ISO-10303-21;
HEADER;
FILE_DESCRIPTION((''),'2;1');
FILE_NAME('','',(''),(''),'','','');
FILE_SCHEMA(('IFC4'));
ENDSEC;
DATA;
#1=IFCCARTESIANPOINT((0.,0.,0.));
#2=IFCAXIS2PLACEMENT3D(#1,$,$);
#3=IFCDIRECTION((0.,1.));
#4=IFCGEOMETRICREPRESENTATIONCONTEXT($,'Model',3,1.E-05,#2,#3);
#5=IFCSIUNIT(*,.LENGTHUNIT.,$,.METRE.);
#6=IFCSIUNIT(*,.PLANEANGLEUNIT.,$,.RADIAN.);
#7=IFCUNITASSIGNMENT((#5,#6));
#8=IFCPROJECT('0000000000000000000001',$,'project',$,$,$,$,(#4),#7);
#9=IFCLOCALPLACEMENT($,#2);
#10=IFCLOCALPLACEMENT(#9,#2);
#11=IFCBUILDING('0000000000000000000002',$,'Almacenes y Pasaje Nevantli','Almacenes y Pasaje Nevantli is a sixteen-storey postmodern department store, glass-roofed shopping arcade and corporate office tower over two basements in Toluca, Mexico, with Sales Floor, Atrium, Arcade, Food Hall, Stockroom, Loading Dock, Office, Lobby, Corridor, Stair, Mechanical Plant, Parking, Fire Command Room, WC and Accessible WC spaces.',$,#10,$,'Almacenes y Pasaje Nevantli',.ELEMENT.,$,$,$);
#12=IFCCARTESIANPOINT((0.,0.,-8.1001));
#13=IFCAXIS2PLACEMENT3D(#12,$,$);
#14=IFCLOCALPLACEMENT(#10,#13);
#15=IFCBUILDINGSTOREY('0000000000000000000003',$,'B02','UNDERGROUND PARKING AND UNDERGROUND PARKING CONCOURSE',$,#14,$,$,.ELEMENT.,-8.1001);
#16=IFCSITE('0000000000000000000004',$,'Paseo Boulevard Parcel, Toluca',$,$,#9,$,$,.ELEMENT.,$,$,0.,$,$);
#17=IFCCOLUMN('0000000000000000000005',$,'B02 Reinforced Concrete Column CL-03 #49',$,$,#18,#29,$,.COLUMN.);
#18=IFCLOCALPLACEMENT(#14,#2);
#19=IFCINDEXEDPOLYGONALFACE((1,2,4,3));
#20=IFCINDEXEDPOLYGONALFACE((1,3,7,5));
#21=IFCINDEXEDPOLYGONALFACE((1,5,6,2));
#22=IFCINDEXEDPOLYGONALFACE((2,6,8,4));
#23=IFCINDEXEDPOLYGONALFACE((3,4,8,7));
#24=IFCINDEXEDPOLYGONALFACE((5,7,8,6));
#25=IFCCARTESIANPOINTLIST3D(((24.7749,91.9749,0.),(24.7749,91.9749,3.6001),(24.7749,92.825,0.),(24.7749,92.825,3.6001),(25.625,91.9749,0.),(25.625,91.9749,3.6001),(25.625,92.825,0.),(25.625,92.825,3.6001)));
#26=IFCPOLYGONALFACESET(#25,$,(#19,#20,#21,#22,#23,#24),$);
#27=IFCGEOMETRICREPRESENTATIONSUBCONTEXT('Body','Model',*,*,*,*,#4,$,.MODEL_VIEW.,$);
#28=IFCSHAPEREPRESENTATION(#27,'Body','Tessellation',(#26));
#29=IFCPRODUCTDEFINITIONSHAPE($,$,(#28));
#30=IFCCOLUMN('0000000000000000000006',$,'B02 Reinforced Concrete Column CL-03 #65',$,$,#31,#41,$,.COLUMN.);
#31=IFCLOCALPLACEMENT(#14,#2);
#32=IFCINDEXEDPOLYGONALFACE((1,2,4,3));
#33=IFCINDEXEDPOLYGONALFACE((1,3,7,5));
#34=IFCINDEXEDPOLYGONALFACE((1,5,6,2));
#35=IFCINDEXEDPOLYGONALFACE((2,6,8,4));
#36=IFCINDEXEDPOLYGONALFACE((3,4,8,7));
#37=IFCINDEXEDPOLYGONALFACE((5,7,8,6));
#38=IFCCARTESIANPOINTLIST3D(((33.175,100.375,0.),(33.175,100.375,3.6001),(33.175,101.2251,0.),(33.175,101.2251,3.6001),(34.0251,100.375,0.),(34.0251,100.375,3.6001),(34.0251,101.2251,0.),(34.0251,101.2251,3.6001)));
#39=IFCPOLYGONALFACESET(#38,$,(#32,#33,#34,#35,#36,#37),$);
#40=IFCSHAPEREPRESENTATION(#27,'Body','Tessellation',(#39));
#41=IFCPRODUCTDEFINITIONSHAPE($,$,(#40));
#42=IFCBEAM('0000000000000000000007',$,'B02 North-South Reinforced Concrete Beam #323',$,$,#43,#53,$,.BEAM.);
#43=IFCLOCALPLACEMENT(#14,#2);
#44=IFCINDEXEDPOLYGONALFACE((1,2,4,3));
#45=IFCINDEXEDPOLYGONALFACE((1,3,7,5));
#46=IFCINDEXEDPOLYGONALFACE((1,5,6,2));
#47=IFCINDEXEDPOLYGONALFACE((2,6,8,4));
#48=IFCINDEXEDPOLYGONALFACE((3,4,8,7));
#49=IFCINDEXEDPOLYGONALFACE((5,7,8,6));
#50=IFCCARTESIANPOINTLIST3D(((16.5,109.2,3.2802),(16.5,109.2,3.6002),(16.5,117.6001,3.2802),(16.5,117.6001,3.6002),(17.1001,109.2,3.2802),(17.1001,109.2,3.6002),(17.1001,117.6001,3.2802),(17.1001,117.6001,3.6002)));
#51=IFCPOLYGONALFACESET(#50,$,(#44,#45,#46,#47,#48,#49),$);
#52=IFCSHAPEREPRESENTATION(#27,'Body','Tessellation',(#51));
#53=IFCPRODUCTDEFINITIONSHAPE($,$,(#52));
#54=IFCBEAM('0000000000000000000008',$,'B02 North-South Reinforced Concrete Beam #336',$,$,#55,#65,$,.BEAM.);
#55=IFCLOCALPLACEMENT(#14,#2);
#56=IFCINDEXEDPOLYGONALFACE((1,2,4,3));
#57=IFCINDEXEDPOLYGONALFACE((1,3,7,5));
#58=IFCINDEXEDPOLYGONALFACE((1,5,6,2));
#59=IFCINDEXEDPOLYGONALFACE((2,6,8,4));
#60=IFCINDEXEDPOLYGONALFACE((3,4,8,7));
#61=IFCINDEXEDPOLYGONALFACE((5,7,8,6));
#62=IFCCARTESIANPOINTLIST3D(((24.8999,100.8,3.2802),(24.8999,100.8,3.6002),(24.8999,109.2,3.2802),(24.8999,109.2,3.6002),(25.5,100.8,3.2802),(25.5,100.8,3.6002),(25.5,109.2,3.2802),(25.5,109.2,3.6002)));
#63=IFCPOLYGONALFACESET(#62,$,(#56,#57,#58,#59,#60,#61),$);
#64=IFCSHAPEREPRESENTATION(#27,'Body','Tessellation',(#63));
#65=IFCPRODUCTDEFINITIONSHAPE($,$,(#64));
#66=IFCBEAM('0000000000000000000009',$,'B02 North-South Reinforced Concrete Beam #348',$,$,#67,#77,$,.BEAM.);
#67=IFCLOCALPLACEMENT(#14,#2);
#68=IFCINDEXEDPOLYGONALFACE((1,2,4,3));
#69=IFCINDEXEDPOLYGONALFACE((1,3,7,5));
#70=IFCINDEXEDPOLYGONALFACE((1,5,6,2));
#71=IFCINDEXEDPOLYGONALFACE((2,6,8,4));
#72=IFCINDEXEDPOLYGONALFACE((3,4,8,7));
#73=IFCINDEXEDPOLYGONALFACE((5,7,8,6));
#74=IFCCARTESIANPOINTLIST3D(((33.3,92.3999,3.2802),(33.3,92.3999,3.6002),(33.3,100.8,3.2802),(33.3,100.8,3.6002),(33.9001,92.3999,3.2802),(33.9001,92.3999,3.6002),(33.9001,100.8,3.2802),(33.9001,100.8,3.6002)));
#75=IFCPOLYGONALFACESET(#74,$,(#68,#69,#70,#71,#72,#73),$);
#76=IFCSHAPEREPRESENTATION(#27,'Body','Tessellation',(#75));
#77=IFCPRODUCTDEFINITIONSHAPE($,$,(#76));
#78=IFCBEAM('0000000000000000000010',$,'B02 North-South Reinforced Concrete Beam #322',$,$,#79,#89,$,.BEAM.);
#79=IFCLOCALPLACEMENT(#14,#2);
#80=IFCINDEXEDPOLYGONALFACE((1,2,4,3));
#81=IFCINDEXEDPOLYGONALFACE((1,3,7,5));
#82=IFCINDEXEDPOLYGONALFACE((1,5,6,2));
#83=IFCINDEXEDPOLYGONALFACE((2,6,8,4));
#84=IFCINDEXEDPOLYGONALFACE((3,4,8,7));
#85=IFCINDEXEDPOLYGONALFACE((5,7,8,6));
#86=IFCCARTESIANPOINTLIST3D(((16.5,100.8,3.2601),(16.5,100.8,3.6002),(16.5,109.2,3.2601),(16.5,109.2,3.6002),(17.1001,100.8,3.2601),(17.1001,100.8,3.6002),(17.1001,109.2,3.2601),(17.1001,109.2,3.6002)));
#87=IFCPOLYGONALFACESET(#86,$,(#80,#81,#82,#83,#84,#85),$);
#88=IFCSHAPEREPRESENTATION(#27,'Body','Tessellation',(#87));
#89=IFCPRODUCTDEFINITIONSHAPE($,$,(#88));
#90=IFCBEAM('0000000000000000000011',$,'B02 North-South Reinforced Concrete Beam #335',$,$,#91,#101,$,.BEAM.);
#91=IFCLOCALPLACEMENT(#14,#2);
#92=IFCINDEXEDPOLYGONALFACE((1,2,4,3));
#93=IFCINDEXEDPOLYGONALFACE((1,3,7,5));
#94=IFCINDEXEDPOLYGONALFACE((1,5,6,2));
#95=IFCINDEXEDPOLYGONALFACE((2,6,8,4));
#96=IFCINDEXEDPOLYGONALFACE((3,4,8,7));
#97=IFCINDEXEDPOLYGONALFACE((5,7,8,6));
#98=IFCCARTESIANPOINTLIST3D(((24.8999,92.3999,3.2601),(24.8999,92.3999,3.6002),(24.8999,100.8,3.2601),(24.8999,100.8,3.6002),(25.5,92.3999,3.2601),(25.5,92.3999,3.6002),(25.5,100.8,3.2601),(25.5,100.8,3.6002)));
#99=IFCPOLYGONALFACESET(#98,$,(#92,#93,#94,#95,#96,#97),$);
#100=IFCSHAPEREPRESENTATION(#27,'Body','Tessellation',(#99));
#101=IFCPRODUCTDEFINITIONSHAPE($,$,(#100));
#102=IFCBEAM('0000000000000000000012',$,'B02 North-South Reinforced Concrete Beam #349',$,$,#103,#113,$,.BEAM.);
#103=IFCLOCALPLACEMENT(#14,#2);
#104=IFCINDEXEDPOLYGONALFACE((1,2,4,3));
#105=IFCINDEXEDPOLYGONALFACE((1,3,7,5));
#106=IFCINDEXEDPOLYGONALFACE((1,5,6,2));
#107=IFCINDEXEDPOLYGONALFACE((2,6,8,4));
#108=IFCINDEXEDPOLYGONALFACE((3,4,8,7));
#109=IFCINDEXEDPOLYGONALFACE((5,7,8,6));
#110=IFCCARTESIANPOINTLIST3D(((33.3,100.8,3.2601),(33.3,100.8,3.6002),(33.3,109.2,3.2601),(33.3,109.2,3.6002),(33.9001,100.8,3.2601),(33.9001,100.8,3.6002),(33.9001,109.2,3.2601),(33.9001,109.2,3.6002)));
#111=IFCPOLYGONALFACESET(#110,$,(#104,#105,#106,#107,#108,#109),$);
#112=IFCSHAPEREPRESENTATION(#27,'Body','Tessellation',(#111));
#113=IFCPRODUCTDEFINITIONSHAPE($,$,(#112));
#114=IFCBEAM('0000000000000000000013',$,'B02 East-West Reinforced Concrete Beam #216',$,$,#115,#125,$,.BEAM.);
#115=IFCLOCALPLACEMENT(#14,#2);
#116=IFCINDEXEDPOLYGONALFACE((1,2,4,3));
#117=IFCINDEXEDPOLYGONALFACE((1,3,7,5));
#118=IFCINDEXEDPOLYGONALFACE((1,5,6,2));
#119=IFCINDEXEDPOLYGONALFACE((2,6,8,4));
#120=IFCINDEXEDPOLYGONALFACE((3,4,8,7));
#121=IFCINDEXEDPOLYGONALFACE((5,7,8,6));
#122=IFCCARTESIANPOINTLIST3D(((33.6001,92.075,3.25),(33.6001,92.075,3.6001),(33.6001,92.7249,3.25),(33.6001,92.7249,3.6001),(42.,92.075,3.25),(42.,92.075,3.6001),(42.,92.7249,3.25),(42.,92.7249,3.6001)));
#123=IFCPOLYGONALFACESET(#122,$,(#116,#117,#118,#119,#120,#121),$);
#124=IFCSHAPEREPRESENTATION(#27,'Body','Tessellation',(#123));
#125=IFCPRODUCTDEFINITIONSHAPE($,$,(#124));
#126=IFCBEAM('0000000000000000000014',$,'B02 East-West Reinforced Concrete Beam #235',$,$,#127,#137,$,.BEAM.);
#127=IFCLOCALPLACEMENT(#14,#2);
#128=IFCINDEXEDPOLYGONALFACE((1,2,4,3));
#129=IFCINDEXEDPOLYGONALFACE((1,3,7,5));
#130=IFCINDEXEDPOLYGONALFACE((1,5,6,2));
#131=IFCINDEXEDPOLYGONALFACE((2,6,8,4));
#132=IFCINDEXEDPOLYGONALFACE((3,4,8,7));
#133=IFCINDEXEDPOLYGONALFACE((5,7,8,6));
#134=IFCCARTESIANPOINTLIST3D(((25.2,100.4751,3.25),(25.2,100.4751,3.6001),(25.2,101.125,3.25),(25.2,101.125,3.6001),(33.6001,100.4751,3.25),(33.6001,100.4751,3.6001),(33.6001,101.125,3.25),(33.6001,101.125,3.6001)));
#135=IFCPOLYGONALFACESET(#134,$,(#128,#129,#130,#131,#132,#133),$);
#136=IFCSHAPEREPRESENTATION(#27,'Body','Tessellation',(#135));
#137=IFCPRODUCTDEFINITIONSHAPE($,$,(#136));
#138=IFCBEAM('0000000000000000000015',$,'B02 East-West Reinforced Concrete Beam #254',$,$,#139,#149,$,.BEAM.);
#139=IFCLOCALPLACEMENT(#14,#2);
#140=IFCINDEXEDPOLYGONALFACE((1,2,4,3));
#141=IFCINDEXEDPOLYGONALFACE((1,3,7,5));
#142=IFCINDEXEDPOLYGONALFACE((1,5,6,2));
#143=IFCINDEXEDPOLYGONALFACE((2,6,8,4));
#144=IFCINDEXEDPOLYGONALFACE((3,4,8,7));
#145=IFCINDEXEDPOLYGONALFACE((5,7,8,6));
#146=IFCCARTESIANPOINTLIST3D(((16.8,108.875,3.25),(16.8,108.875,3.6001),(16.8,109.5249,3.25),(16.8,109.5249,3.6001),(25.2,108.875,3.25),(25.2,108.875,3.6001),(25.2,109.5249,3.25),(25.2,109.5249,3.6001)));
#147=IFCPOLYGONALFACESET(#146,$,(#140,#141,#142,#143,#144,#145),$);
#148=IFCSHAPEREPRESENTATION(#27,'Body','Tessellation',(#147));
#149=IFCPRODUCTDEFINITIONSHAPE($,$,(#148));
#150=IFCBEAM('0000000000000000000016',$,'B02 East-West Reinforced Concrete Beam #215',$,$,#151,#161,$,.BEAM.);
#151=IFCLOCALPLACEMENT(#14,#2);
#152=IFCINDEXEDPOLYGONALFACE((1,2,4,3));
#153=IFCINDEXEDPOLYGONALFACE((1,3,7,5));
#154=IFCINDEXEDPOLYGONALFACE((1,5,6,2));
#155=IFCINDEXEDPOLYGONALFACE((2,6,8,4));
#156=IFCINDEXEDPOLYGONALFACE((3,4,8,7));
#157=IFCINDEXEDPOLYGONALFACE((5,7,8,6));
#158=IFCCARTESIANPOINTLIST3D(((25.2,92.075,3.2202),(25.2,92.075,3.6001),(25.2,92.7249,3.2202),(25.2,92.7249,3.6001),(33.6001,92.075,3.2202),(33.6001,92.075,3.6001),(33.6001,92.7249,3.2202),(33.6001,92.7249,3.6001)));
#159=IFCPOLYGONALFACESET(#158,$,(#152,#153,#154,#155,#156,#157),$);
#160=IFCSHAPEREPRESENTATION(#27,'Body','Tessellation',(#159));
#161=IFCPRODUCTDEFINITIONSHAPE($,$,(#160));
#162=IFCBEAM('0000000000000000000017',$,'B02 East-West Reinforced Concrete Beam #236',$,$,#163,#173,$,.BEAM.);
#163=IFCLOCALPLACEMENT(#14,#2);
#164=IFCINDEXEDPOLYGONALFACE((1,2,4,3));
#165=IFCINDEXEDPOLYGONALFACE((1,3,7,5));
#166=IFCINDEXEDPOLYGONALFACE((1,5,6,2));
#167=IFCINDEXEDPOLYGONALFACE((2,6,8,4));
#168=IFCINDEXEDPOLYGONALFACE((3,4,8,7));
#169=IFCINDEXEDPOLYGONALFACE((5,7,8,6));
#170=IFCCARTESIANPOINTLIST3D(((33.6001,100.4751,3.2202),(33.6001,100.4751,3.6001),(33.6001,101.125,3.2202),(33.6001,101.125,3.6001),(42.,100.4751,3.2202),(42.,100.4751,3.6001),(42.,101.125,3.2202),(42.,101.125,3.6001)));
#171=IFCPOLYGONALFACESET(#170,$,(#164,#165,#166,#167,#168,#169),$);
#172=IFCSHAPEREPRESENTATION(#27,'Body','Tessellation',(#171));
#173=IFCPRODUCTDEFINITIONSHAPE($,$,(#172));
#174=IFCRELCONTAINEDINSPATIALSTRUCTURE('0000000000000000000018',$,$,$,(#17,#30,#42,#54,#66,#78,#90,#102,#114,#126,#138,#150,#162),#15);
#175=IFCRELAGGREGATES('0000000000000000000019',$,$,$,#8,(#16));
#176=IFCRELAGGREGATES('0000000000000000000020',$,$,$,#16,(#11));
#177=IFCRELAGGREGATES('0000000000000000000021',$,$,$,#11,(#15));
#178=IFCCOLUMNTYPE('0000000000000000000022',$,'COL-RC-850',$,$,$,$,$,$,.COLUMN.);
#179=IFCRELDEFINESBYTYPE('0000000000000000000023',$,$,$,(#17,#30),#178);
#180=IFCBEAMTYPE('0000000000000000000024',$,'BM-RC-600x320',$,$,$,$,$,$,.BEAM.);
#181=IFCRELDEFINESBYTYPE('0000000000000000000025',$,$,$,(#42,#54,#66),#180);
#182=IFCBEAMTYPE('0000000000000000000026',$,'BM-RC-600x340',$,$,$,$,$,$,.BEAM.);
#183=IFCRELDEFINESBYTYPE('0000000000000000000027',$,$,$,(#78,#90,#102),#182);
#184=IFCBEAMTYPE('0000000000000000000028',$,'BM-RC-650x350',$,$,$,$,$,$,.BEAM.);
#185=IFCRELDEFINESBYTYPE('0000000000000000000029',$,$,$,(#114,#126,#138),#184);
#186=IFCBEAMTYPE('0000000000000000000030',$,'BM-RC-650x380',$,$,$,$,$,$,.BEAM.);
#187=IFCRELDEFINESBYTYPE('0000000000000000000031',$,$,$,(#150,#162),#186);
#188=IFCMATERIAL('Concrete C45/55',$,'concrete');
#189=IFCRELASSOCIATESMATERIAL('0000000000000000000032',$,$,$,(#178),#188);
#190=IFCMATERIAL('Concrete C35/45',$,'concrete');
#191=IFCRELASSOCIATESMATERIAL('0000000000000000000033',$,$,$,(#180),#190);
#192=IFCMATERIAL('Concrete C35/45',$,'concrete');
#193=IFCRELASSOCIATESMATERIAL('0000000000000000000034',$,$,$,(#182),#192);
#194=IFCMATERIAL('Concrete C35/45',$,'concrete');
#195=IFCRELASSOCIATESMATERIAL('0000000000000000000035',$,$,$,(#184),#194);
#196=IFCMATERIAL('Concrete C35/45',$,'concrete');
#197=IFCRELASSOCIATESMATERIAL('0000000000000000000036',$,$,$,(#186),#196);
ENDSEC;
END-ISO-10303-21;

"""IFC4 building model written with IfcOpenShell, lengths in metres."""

from ifc_helpers import new_model, si_unit, direction, frame, origin, origin_2d, place, context, subcontext, project, spatial, rectangle, extrude, material, material_profile, profile_set, type_object, element, save


model = new_model("IFC4")

# Units and contexts
model_context = context("Model", 3, precision=1e-05, world=origin(), true_north=direction((0.0, 1.0)))
body_context = subcontext(model_context, "Body", "Model", "MODEL_VIEW")
ifc_project = project(units=[si_unit("LENGTHUNIT", "METRE"), si_unit("PLANEANGLEUNIT", "RADIAN")], contexts=[model_context])

# Site, building, storey
site_placement = place(None, origin())
site = spatial("IfcSite", under=ifc_project, at=site_placement, Name="Paseo Boulevard Parcel, Toluca", CompositionType="ELEMENT", RefElevation=0.0)
building_placement = place(site_placement, origin())
building = spatial("IfcBuilding", under=site, at=building_placement, Name="Almacenes y Pasaje Nevantli", Description="Almacenes y Pasaje Nevantli is a sixteen-storey postmodern department store, glass-roofed shopping arcade and corporate office tower over two basements in Toluca, Mexico, with Sales Floor, Atrium, Arcade, Food Hall, Stockroom, Loading Dock, Office, Lobby, Corridor, Stair, Mechanical Plant, Parking, Fire Command Room, WC and Accessible WC spaces.", LongName="Almacenes y Pasaje Nevantli", CompositionType="ELEMENT")
storey_placement = place(building_placement, frame((0.0, 0.0, -8.1001)))
storey = spatial("IfcBuildingStorey", under=building, at=storey_placement, Name="B02", Description="UNDERGROUND PARKING AND UNDERGROUND PARKING CONCOURSE", CompositionType="ELEMENT", Elevation=-8.1001)

# Columns
ifc_material_1 = material(Name="Concrete C45/55", Category="concrete")
ifc_material_profile_1 = material_profile(ifc_material_1, rectangle(XDim=0.8501, YDim=0.8501, at=origin_2d()), Name="RC-COL-850x850")
ifc_profile_set_1 = profile_set([ifc_material_profile_1], Name="Concrete C45/55")
column_type_1 = type_object("IfcColumnType", Name="COL-RC-850", PredefinedType="COLUMN", material=ifc_profile_set_1)
for number, where, z_axis, x_axis, name in (
    (1, (25.2, 92.3999, 0.0), (0.0, 0.0, 1.0), (1.0, 0.0, 0.0), "B02 Reinforced Concrete Column CL-03 #49"),
    (2, (33.6001, 100.8, 0.0), (0.0, 0.0, 1.0), (1.0, 0.0, 0.0), "B02 Reinforced Concrete Column CL-03 #65"),
):
    element("IfcColumn", number, at=place(storey_placement, frame(where, z_axis=z_axis, x_axis=x_axis)), inside=storey, type_object=column_type_1, Name=name, PredefinedType="COLUMN", context=body_context, shape_type="SweptSolid", body=[
        extrude(rectangle(XDim=0.8501, YDim=0.8501, at=origin_2d()), origin(), (0.0, 0.0, 1.0), 3.6001),
    ])

# Beams
ifc_material_2 = material(Name="Concrete C35/45", Category="concrete")
ifc_material_profile_2 = material_profile(ifc_material_2, rectangle(XDim=0.6001, YDim=0.3201, at=origin_2d()), Name="RC-BM-600x320")
ifc_profile_set_2 = profile_set([ifc_material_profile_2], Name="Concrete C35/45")
beam_type_1 = type_object("IfcBeamType", Name="BM-RC-600x320", PredefinedType="BEAM", material=ifc_profile_set_2)
beam_1_placement = place(storey_placement, frame((16.8, 109.2, 3.4402), z_axis=(0.0, 1.0, 0.0), x_axis=(-1.0, 0.0, 0.0)))
element("IfcBeam", 3, at=beam_1_placement, inside=storey, type_object=beam_type_1, Name="B02 North-South Reinforced Concrete Beam #323", PredefinedType="BEAM", context=body_context, shape_type="SweptSolid", body=[
    extrude(rectangle(XDim=0.6001, YDim=0.3201, at=origin_2d()), origin(), (0.0, 0.0, 1.0), 8.4001),
])
beam_2_placement = place(storey_placement, frame((25.2, 100.8, 3.4402), z_axis=(0.0, 1.0, 0.0), x_axis=(-1.0, 0.0, 0.0)))
element("IfcBeam", 4, at=beam_2_placement, inside=storey, type_object=beam_type_1, Name="B02 North-South Reinforced Concrete Beam #336", PredefinedType="BEAM", context=body_context, shape_type="SweptSolid", body=[
    extrude(rectangle(XDim=0.6001, YDim=0.3201, at=origin_2d()), origin(), (0.0, 0.0, 1.0), 8.3999),
])
beam_3_placement = place(storey_placement, frame((33.6001, 92.3999, 3.4402), z_axis=(0.0, 1.0, 0.0), x_axis=(-1.0, 0.0, 0.0)))
element("IfcBeam", 5, at=beam_3_placement, inside=storey, type_object=beam_type_1, Name="B02 North-South Reinforced Concrete Beam #348", PredefinedType="BEAM", context=body_context, shape_type="SweptSolid", body=[
    extrude(rectangle(XDim=0.6001, YDim=0.3201, at=origin_2d()), origin(), (0.0, 0.0, 1.0), 8.4001),
])
ifc_material_3 = material(Name="Concrete C35/45", Category="concrete")
ifc_material_profile_3 = material_profile(ifc_material_3, rectangle(XDim=0.6001, YDim=0.3401, at=origin_2d()), Name="RC-BM-600x340")
ifc_profile_set_3 = profile_set([ifc_material_profile_3], Name="Concrete C35/45")
beam_type_2 = type_object("IfcBeamType", Name="BM-RC-600x340", PredefinedType="BEAM", material=ifc_profile_set_3)
beam_4_placement = place(storey_placement, frame((16.8, 100.8, 3.4302), z_axis=(0.0, 1.0, 0.0), x_axis=(-1.0, 0.0, 0.0)))
element("IfcBeam", 6, at=beam_4_placement, inside=storey, type_object=beam_type_2, Name="B02 North-South Reinforced Concrete Beam #322", PredefinedType="BEAM", context=body_context, shape_type="SweptSolid", body=[
    extrude(rectangle(XDim=0.6001, YDim=0.3401, at=origin_2d()), origin(), (0.0, 0.0, 1.0), 8.3999),
])
beam_5_placement = place(storey_placement, frame((25.2, 92.3999, 3.4302), z_axis=(0.0, 1.0, 0.0), x_axis=(-1.0, 0.0, 0.0)))
element("IfcBeam", 7, at=beam_5_placement, inside=storey, type_object=beam_type_2, Name="B02 North-South Reinforced Concrete Beam #335", PredefinedType="BEAM", context=body_context, shape_type="SweptSolid", body=[
    extrude(rectangle(XDim=0.6001, YDim=0.3401, at=origin_2d()), origin(), (0.0, 0.0, 1.0), 8.4001),
])
beam_6_placement = place(storey_placement, frame((33.6001, 100.8, 3.4302), z_axis=(0.0, 1.0, 0.0), x_axis=(-1.0, 0.0, 0.0)))
element("IfcBeam", 8, at=beam_6_placement, inside=storey, type_object=beam_type_2, Name="B02 North-South Reinforced Concrete Beam #349", PredefinedType="BEAM", context=body_context, shape_type="SweptSolid", body=[
    extrude(rectangle(XDim=0.6001, YDim=0.3401, at=origin_2d()), origin(), (0.0, 0.0, 1.0), 8.3999),
])
ifc_material_4 = material(Name="Concrete C35/45", Category="concrete")
ifc_material_profile_4 = material_profile(ifc_material_4, rectangle(XDim=0.6499, YDim=0.3501, at=origin_2d()), Name="RC-BM-650x350")
ifc_profile_set_4 = profile_set([ifc_material_profile_4], Name="Concrete C35/45")
beam_type_3 = type_object("IfcBeamType", Name="BM-RC-650x350", PredefinedType="BEAM", material=ifc_profile_set_4)
beam_7_placement = place(storey_placement, frame((33.6001, 92.3999, 3.425), z_axis=(1.0, 0.0, 0.0), x_axis=(0.0, 1.0, 0.0)))
element("IfcBeam", 9, at=beam_7_placement, inside=storey, type_object=beam_type_3, Name="B02 East-West Reinforced Concrete Beam #216", PredefinedType="BEAM", context=body_context, shape_type="SweptSolid", body=[
    extrude(rectangle(XDim=0.6499, YDim=0.3501, at=origin_2d()), origin(), (0.0, 0.0, 1.0), 8.3999),
])
beam_8_placement = place(storey_placement, frame((25.2, 100.8, 3.425), z_axis=(1.0, 0.0, 0.0), x_axis=(0.0, 1.0, 0.0)))
element("IfcBeam", 10, at=beam_8_placement, inside=storey, type_object=beam_type_3, Name="B02 East-West Reinforced Concrete Beam #235", PredefinedType="BEAM", context=body_context, shape_type="SweptSolid", body=[
    extrude(rectangle(XDim=0.6499, YDim=0.3501, at=origin_2d()), origin(), (0.0, 0.0, 1.0), 8.4001),
])
beam_9_placement = place(storey_placement, frame((16.8, 109.2, 3.425), z_axis=(1.0, 0.0, 0.0), x_axis=(0.0, 1.0, 0.0)))
element("IfcBeam", 11, at=beam_9_placement, inside=storey, type_object=beam_type_3, Name="B02 East-West Reinforced Concrete Beam #254", PredefinedType="BEAM", context=body_context, shape_type="SweptSolid", body=[
    extrude(rectangle(XDim=0.6499, YDim=0.3501, at=origin_2d()), origin(), (0.0, 0.0, 1.0), 8.3999),
])
ifc_material_5 = material(Name="Concrete C35/45", Category="concrete")
ifc_material_profile_5 = material_profile(ifc_material_5, rectangle(XDim=0.6499, YDim=0.3799, at=origin_2d()), Name="RC-BM-650x380")
ifc_profile_set_5 = profile_set([ifc_material_profile_5], Name="Concrete C35/45")
beam_type_4 = type_object("IfcBeamType", Name="BM-RC-650x380", PredefinedType="BEAM", material=ifc_profile_set_5)
beam_10_placement = place(storey_placement, frame((25.2, 92.3999, 3.4102), z_axis=(1.0, 0.0, 0.0), x_axis=(0.0, 1.0, 0.0)))
element("IfcBeam", 12, at=beam_10_placement, inside=storey, type_object=beam_type_4, Name="B02 East-West Reinforced Concrete Beam #215", PredefinedType="BEAM", context=body_context, shape_type="SweptSolid", body=[
    extrude(rectangle(XDim=0.6499, YDim=0.3799, at=origin_2d()), origin(), (0.0, 0.0, 1.0), 8.4001),
])
beam_11_placement = place(storey_placement, frame((33.6001, 100.8, 3.4102), z_axis=(1.0, 0.0, 0.0), x_axis=(0.0, 1.0, 0.0)))
element("IfcBeam", 13, at=beam_11_placement, inside=storey, type_object=beam_type_4, Name="B02 East-West Reinforced Concrete Beam #236", PredefinedType="BEAM", context=body_context, shape_type="SweptSolid", body=[
    extrude(rectangle(XDim=0.6499, YDim=0.3799, at=origin_2d()), origin(), (0.0, 0.0, 1.0), 8.3999),
])

save(model, "model.ifc")
